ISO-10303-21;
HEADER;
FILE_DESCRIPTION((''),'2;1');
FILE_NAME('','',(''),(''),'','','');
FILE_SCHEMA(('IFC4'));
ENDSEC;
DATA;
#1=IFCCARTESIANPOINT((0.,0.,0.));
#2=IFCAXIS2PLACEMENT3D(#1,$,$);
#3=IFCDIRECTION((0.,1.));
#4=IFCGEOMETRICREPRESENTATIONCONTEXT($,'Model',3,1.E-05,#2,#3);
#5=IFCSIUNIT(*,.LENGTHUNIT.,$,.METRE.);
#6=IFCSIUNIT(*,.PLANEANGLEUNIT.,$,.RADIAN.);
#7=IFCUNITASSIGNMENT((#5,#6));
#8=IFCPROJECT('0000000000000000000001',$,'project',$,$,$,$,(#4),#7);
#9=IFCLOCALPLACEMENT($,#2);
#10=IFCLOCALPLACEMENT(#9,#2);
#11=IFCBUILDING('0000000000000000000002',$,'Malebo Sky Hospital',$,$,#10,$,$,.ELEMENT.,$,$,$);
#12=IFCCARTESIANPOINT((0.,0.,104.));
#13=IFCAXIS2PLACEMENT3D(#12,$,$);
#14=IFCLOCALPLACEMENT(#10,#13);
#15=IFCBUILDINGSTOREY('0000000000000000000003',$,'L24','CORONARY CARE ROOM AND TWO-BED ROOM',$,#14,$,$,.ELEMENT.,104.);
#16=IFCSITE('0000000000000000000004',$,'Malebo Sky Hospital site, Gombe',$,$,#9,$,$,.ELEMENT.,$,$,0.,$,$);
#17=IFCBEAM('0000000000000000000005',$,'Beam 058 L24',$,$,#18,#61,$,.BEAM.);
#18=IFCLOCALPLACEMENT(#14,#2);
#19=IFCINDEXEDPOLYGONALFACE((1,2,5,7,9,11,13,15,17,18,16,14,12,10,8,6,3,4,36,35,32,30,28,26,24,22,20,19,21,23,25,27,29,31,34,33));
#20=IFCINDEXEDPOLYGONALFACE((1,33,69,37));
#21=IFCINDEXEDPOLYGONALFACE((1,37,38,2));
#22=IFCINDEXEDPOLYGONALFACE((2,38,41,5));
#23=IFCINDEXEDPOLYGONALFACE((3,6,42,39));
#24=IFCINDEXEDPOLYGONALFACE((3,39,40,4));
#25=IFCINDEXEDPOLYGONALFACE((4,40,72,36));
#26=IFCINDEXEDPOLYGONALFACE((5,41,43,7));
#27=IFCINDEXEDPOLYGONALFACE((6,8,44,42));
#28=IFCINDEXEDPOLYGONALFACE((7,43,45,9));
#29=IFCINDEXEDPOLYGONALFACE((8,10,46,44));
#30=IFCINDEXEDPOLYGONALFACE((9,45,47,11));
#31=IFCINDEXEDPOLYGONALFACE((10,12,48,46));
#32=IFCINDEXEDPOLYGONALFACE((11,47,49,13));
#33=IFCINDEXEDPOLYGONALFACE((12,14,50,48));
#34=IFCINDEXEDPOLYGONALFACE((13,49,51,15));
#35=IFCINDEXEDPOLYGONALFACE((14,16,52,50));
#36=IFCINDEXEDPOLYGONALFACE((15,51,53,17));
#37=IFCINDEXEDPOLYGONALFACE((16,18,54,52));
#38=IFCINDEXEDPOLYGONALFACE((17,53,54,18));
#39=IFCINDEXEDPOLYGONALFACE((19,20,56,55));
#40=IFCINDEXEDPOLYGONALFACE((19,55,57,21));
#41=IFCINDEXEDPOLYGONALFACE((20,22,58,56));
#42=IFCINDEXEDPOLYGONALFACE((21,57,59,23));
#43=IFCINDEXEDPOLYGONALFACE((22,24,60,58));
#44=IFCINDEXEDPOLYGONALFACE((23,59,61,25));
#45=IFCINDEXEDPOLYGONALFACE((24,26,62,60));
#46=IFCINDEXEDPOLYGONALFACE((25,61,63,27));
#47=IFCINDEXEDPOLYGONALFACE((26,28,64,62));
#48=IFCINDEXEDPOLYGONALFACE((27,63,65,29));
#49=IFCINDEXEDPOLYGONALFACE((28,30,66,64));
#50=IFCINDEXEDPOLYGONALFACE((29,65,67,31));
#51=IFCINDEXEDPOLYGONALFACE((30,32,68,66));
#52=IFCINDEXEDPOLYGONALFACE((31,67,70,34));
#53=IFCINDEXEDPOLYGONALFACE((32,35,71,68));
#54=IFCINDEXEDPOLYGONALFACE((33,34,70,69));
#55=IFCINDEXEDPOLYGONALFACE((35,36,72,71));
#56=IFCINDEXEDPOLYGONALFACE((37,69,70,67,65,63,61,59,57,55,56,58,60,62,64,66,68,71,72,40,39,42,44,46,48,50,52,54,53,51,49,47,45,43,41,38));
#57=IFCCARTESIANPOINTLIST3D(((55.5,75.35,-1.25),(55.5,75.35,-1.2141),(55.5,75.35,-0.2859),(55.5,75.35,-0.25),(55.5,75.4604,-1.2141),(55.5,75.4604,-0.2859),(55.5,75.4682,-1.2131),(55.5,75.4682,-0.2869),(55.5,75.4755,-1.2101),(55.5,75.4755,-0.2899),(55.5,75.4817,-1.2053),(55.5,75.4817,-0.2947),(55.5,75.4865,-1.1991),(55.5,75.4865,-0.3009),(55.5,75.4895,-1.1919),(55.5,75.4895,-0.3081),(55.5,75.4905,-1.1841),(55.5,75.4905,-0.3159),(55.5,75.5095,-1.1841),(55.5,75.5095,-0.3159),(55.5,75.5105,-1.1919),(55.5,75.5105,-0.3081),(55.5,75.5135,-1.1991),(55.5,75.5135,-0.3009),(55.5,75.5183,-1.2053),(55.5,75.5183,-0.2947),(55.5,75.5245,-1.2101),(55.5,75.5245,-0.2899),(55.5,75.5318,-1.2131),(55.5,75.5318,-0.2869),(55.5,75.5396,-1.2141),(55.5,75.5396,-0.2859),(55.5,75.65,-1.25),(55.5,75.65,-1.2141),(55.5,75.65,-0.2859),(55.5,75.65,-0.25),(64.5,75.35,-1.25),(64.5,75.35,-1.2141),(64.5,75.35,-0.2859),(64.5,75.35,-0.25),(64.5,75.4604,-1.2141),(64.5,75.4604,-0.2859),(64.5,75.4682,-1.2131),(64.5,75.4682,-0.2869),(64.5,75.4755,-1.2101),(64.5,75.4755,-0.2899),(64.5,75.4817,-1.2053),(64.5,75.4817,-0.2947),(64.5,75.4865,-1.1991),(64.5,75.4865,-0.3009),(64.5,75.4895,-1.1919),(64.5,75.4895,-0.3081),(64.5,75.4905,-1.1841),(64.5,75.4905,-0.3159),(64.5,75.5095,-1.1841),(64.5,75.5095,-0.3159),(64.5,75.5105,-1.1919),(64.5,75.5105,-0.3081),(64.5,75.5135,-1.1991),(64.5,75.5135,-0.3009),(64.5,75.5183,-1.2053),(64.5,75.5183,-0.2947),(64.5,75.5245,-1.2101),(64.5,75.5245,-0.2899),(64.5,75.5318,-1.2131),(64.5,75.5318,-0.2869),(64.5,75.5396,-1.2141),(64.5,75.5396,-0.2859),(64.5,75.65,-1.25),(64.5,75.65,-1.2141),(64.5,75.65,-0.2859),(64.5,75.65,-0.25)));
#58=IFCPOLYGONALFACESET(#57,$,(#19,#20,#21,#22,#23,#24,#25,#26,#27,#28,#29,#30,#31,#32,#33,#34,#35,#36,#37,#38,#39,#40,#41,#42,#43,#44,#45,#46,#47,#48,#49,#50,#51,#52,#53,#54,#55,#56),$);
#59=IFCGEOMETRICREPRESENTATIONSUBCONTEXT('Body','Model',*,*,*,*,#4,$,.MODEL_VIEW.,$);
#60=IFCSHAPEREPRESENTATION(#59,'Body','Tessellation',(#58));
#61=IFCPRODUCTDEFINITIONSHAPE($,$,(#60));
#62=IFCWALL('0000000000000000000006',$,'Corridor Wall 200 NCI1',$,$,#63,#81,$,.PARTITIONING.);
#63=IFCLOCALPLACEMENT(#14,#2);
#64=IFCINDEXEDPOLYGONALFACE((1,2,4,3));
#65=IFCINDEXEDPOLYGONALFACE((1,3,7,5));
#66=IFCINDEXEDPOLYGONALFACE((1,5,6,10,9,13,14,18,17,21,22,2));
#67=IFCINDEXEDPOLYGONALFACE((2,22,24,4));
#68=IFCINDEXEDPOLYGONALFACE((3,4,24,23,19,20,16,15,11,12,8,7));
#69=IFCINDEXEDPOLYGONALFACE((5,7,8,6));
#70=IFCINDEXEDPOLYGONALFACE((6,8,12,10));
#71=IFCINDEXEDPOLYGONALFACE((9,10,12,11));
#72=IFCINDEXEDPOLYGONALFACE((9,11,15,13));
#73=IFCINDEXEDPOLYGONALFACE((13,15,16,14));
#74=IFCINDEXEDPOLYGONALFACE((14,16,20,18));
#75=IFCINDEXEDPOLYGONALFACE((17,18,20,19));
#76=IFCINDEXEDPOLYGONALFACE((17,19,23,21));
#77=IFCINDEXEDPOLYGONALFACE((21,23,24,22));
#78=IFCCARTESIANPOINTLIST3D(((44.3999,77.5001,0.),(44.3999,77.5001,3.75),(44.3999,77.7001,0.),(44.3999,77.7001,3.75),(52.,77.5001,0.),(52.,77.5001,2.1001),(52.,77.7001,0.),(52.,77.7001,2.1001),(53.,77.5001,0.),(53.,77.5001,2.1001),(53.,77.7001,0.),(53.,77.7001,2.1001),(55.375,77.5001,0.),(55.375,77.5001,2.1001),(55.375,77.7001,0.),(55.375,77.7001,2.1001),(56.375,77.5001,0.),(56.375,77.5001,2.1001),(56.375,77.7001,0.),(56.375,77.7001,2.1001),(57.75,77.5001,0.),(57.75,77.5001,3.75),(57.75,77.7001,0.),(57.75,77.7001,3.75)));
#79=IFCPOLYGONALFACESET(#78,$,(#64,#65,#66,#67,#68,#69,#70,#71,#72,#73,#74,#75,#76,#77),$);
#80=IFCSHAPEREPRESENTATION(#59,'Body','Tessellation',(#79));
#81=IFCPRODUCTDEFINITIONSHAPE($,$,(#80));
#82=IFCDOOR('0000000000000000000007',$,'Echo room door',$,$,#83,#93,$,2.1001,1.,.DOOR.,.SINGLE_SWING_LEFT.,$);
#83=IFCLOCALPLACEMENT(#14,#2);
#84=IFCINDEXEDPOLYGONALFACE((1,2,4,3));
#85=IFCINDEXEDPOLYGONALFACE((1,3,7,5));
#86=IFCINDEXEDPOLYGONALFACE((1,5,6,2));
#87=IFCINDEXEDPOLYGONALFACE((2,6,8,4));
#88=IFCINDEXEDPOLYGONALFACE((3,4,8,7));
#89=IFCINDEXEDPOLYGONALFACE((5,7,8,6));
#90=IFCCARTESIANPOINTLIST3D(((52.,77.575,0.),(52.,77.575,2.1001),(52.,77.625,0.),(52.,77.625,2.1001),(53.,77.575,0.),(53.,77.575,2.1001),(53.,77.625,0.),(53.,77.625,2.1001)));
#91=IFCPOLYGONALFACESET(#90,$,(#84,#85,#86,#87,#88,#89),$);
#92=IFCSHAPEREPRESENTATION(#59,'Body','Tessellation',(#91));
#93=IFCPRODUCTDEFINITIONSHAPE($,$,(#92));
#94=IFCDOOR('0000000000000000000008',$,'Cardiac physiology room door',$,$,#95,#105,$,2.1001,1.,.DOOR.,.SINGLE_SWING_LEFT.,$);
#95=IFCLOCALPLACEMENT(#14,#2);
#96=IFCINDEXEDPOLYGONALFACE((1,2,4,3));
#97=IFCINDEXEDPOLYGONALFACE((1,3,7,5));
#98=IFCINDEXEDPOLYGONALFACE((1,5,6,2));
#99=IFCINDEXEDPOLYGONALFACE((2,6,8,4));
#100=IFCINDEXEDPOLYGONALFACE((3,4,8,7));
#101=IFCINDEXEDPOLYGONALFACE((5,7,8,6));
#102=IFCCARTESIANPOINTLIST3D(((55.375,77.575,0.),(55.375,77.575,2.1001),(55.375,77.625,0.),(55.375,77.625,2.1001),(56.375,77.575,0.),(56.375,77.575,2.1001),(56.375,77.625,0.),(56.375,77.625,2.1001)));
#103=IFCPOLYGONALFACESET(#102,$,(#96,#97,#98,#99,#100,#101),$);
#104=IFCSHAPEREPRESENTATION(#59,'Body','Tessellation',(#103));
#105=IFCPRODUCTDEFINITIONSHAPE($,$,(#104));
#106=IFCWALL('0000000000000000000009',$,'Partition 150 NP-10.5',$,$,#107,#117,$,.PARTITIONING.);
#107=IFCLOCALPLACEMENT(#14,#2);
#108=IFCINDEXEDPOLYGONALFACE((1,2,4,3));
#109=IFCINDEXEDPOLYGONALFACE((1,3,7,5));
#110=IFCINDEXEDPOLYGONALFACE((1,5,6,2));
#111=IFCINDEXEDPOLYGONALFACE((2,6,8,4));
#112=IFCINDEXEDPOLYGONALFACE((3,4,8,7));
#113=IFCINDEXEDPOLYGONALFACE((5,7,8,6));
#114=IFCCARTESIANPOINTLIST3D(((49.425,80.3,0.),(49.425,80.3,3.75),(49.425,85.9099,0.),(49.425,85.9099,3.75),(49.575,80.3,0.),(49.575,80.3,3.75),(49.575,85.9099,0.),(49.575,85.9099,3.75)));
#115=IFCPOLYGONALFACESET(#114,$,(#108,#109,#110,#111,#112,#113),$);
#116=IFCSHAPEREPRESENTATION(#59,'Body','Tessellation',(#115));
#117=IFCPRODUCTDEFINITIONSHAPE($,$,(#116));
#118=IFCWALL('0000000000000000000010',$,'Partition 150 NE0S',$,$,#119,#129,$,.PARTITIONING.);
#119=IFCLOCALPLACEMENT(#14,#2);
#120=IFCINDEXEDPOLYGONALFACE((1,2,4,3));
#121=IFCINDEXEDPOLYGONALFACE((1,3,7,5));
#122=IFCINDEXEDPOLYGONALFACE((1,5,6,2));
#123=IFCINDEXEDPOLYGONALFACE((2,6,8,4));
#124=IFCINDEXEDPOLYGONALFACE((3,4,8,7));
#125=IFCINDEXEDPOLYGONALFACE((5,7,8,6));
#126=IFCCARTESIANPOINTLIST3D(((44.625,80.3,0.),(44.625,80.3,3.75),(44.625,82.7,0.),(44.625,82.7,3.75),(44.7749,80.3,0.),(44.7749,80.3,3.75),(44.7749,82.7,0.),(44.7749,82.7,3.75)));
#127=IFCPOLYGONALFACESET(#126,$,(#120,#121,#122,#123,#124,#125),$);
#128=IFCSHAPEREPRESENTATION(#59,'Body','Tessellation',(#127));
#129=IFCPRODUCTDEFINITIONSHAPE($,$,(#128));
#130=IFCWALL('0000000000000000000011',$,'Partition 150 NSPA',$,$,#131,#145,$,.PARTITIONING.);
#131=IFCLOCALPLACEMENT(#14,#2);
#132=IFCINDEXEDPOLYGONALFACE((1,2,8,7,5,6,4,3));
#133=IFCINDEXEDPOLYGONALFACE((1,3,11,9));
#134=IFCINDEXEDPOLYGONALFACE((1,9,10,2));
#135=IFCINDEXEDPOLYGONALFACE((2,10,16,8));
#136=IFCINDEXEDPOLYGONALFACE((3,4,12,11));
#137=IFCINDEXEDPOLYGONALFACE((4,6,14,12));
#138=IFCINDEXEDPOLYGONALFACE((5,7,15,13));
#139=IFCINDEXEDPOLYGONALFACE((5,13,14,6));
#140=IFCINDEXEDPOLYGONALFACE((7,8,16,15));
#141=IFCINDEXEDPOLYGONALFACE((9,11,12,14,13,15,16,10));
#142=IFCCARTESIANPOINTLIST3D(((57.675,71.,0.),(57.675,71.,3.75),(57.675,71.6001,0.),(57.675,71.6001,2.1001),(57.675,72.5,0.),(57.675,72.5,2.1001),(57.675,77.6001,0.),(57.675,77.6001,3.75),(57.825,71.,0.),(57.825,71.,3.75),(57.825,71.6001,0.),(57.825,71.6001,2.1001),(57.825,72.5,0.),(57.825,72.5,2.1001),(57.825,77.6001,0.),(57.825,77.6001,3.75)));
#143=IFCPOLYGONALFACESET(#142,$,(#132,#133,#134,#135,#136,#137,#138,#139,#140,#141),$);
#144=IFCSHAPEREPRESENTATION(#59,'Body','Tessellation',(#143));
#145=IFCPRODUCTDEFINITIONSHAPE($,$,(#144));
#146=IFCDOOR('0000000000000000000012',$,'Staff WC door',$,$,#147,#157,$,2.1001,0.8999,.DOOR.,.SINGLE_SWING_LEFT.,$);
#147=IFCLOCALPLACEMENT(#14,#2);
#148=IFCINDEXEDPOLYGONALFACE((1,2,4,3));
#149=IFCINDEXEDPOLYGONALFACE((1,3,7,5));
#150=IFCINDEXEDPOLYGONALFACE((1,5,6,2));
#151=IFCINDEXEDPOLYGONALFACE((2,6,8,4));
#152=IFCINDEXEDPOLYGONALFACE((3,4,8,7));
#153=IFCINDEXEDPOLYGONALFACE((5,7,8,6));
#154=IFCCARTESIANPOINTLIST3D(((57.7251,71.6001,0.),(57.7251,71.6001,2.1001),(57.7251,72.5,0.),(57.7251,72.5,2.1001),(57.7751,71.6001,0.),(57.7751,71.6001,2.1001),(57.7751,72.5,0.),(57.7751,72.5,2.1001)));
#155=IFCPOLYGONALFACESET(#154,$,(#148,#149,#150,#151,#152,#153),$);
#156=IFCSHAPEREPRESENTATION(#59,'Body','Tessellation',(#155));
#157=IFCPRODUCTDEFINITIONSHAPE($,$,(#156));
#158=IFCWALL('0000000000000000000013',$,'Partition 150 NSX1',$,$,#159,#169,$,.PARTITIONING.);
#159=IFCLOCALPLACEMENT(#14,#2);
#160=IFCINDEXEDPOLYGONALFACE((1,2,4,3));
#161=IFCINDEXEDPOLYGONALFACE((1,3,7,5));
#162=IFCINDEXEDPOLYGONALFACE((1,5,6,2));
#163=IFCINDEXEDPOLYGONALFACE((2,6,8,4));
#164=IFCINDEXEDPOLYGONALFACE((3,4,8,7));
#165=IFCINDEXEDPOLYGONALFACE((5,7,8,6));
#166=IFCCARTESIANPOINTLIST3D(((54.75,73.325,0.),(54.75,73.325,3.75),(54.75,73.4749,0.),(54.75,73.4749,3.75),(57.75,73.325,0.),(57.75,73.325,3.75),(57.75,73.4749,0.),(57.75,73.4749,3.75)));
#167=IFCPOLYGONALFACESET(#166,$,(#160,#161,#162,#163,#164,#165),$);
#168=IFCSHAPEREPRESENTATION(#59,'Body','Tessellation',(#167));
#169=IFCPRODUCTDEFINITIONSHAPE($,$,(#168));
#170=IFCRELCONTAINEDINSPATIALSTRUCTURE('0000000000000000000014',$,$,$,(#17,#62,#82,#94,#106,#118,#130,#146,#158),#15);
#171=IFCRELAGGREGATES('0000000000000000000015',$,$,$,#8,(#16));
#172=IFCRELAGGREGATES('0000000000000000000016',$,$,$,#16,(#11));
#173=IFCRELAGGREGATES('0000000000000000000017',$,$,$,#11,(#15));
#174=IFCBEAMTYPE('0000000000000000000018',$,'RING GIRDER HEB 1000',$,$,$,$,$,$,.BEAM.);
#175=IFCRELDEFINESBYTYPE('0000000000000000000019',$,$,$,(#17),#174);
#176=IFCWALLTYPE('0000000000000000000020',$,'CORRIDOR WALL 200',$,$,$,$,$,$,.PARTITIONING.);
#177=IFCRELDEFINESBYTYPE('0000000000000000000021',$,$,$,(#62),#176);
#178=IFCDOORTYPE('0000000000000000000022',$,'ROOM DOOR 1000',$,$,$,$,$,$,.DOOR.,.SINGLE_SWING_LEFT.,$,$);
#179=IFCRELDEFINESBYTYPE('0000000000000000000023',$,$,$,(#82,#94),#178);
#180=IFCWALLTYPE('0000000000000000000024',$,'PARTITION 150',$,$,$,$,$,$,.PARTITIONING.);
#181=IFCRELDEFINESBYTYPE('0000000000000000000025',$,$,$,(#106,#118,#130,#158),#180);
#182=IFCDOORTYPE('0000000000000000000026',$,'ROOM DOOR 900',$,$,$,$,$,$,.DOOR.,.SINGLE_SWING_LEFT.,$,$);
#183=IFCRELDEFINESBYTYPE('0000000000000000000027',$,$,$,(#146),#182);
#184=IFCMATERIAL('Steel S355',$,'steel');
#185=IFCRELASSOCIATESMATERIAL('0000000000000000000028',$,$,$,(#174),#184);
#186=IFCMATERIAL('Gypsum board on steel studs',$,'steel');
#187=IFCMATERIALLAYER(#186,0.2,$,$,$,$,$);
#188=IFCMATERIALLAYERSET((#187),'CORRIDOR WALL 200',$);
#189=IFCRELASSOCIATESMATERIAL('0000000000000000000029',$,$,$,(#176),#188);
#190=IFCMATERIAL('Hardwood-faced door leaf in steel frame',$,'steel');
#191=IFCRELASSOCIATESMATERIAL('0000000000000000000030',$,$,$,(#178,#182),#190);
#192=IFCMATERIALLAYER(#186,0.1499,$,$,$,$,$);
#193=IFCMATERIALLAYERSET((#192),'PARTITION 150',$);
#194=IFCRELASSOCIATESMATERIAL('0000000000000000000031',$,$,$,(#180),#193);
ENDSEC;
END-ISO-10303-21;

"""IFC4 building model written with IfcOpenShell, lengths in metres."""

from ifc_helpers import new_model, si_unit, direction, frame, frame_2d, origin, origin_2d, place, context, subcontext, project, spatial, rectangle, i_section, extrude, material, layer, layer_set, material_profile, profile_set, type_object, element, fill, save


model = new_model("IFC4")

# Units and contexts
model_context = context("Model", 3, precision=1e-05, world=origin(), true_north=direction((0.0, 1.0)))
body_context = subcontext(model_context, "Body", "Model", "MODEL_VIEW")
ifc_project = project(units=[si_unit("LENGTHUNIT", "METRE"), si_unit("PLANEANGLEUNIT", "RADIAN")], contexts=[model_context])

# Site, building, storey
site_placement = place(None, origin())
site = spatial("IfcSite", under=ifc_project, at=site_placement, Name="Malebo Sky Hospital site, Gombe", CompositionType="ELEMENT", RefElevation=0.0)
building_placement = place(site_placement, origin())
building = spatial("IfcBuilding", under=site, at=building_placement, Name="Malebo Sky Hospital", CompositionType="ELEMENT")
storey_placement = place(building_placement, frame((0.0, 0.0, 104.0)))
storey = spatial("IfcBuildingStorey", under=building, at=storey_placement, Name="L24", Description="CORONARY CARE ROOM AND TWO-BED ROOM", CompositionType="ELEMENT", Elevation=104.0)

# Beam
ifc_material_1 = material(Name="Steel S355", Category="steel")
ifc_material_profile_1 = material_profile(ifc_material_1, i_section(OverallWidth=0.3, OverallDepth=1.0, WebThickness=0.019, FlangeThickness=0.0359, FilletRadius=0.03, at=origin_2d()), Name="HEB 1000")
ifc_profile_set_1 = profile_set([ifc_material_profile_1], Name="Steel S355")
beam_type_1 = type_object("IfcBeamType", Name="RING GIRDER HEB 1000", PredefinedType="BEAM", material=ifc_profile_set_1)
beam_1_placement = place(storey_placement, frame((55.5, 75.5, -0.75), z_axis=(1.0, 0.0, 0.0), x_axis=(0.0, 1.0, 0.0)))
element("IfcBeam", 1, at=beam_1_placement, inside=storey, type_object=beam_type_1, Name="Beam 058 L24", PredefinedType="BEAM", context=body_context, shape_type="SweptSolid", body=[
    extrude(i_section(OverallWidth=0.3, OverallDepth=1.0, WebThickness=0.019, FlangeThickness=0.0359, FilletRadius=0.03, at=origin_2d()), origin(), (0.0, 0.0, 1.0), 9.0),
])

# Wall, openings, doors
ifc_material_2 = material(Name="Gypsum board on steel studs", Category="steel")
ifc_layer_1 = layer(ifc_material_2, 0.2)
ifc_layer_set_1 = layer_set([ifc_layer_1], Name="CORRIDOR WALL 200")
wall_type_1 = type_object("IfcWallType", Name="CORRIDOR WALL 200", PredefinedType="PARTITIONING", material=ifc_layer_set_1)
wall_1_placement = place(storey_placement, frame((44.3999, 77.6001, 0.0), z_axis=(0.0, 0.0, 1.0), x_axis=(1.0, 0.0, 0.0)))
wall_1 = element("IfcWall", 2, at=wall_1_placement, inside=storey, type_object=wall_type_1, Name="Corridor Wall 200 NCI1", PredefinedType="PARTITIONING", context=body_context, shape_type="SweptSolid", body=[
    extrude(rectangle(XDim=13.3501, YDim=0.2, at=frame_2d((6.675, 0.0))), origin(), (0.0, 0.0, 1.0), 3.75),
])
opening_1_placement = place(wall_1_placement, frame((7.6001, 0.0, 0.0)))
opening_1 = element("IfcOpeningElement", 3, at=opening_1_placement, cuts=wall_1, PredefinedType="OPENING", context=body_context, shape_type="SweptSolid", body=[
    extrude(rectangle(XDim=1.0, YDim=2.1001, at=frame_2d((0.5, 1.05))), frame((0.0, 0.1099, 0.0), z_axis=(0.0, -1.0, 0.0), x_axis=(1.0, 0.0, 0.0)), (0.0, 0.0, 1.0), 0.22),
])
opening_2_placement = place(wall_1_placement, frame((10.9751, 0.0, 0.0)))
opening_2 = element("IfcOpeningElement", 4, at=opening_2_placement, cuts=wall_1, PredefinedType="OPENING", context=body_context, shape_type="SweptSolid", body=[
    extrude(rectangle(XDim=1.0, YDim=2.1001, at=frame_2d((0.5, 1.05))), frame((0.0, 0.1099, 0.0), z_axis=(0.0, -1.0, 0.0), x_axis=(1.0, 0.0, 0.0)), (0.0, 0.0, 1.0), 0.22),
])
ifc_material_3 = material(Name="Hardwood-faced door leaf in steel frame", Category="steel")
door_type_1 = type_object("IfcDoorType", Name="ROOM DOOR 1000", OperationType="SINGLE_SWING_LEFT", PredefinedType="DOOR", material=ifc_material_3)
door_1_placement = place(opening_1_placement, origin())
door_1 = element("IfcDoor", 5, at=door_1_placement, inside=storey, type_object=door_type_1, Name="Echo room door", OperationType="SINGLE_SWING_LEFT", OverallHeight=2.1001, OverallWidth=1.0, PredefinedType="DOOR", context=body_context, shape_type="SweptSolid", body=[
    extrude(rectangle(XDim=1.0, YDim=2.1001, at=frame_2d((0.5, 1.05))), frame((0.0, 0.0249, 0.0), z_axis=(0.0, -1.0, 0.0), x_axis=(1.0, 0.0, 0.0)), (0.0, 0.0, 1.0), 0.05),
])
fill(opening_1, door_1)
door_2_placement = place(opening_2_placement, origin())
door_2 = element("IfcDoor", 6, at=door_2_placement, inside=storey, type_object=door_type_1, Name="Cardiac physiology room door", OperationType="SINGLE_SWING_LEFT", OverallHeight=2.1001, OverallWidth=1.0, PredefinedType="DOOR", context=body_context, shape_type="SweptSolid", body=[
    extrude(rectangle(XDim=1.0, YDim=2.1001, at=frame_2d((0.5, 1.05))), frame((0.0, 0.0249, 0.0), z_axis=(0.0, -1.0, 0.0), x_axis=(1.0, 0.0, 0.0)), (0.0, 0.0, 1.0), 0.05),
])
fill(opening_2, door_2)

# Walls
ifc_layer_2 = layer(ifc_material_2, 0.1499)
ifc_layer_set_2 = layer_set([ifc_layer_2], Name="PARTITION 150")
wall_type_2 = type_object("IfcWallType", Name="PARTITION 150", PredefinedType="PARTITIONING", material=ifc_layer_set_2)
wall_2_placement = place(storey_placement, frame((49.5, 80.3, 0.0), z_axis=(0.0, 0.0, 1.0), x_axis=(0.0, 1.0, 0.0)))
element("IfcWall", 7, at=wall_2_placement, inside=storey, type_object=wall_type_2, Name="Partition 150 NP-10.5", PredefinedType="PARTITIONING", context=body_context, shape_type="SweptSolid", body=[
    extrude(rectangle(XDim=5.6099, YDim=0.1499, at=frame_2d((2.8049, 0.0))), origin(), (0.0, 0.0, 1.0), 3.75),
])
wall_3_placement = place(storey_placement, frame((44.7, 80.3, 0.0), z_axis=(0.0, 0.0, 1.0), x_axis=(0.0, 1.0, 0.0)))
element("IfcWall", 8, at=wall_3_placement, inside=storey, type_object=wall_type_2, Name="Partition 150 NE0S", PredefinedType="PARTITIONING", context=body_context, shape_type="SweptSolid", body=[
    extrude(rectangle(XDim=2.3999, YDim=0.1499, at=frame_2d((1.2, 0.0))), origin(), (0.0, 0.0, 1.0), 3.75),
])

# Wall, opening, door
wall_4_placement = place(storey_placement, frame((57.75, 71.0, 0.0), z_axis=(0.0, 0.0, 1.0), x_axis=(0.0, 1.0, 0.0)))
wall_4 = element("IfcWall", 9, at=wall_4_placement, inside=storey, type_object=wall_type_2, Name="Partition 150 NSPA", PredefinedType="PARTITIONING", context=body_context, shape_type="SweptSolid", body=[
    extrude(rectangle(XDim=6.6001, YDim=0.1499, at=frame_2d((3.3, 0.0))), origin(), (0.0, 0.0, 1.0), 3.75),
])
opening_3_placement = place(wall_4_placement, frame((0.6001, 0.0, 0.0)))
opening_3 = element("IfcOpeningElement", 10, at=opening_3_placement, cuts=wall_4, PredefinedType="OPENING", context=body_context, shape_type="SweptSolid", body=[
    extrude(rectangle(XDim=0.8999, YDim=2.1001, at=frame_2d((0.45, 1.05))), frame((0.0, 0.085, 0.0), z_axis=(0.0, -1.0, 0.0), x_axis=(1.0, 0.0, 0.0)), (0.0, 0.0, 1.0), 0.1699),
])
door_type_2 = type_object("IfcDoorType", Name="ROOM DOOR 900", OperationType="SINGLE_SWING_LEFT", PredefinedType="DOOR", material=ifc_material_3)
door_3_placement = place(opening_3_placement, origin())
door_3 = element("IfcDoor", 11, at=door_3_placement, inside=storey, type_object=door_type_2, Name="Staff WC door", OperationType="SINGLE_SWING_LEFT", OverallHeight=2.1001, OverallWidth=0.8999, PredefinedType="DOOR", context=body_context, shape_type="SweptSolid", body=[
    extrude(rectangle(XDim=0.8999, YDim=2.1001, at=frame_2d((0.45, 1.05))), frame((0.0, 0.0249, 0.0), z_axis=(0.0, -1.0, 0.0), x_axis=(1.0, 0.0, 0.0)), (0.0, 0.0, 1.0), 0.05),
])
fill(opening_3, door_3)

# Wall
wall_5_placement = place(storey_placement, frame((54.75, 73.3999, 0.0), z_axis=(0.0, 0.0, 1.0), x_axis=(1.0, 0.0, 0.0)))
element("IfcWall", 12, at=wall_5_placement, inside=storey, type_object=wall_type_2, Name="Partition 150 NSX1", PredefinedType="PARTITIONING", context=body_context, shape_type="SweptSolid", body=[
    extrude(rectangle(XDim=3.0, YDim=0.1499, at=frame_2d((1.5, 0.0))), origin(), (0.0, 0.0, 1.0), 3.75),
])

save(model, "model.ifc")
